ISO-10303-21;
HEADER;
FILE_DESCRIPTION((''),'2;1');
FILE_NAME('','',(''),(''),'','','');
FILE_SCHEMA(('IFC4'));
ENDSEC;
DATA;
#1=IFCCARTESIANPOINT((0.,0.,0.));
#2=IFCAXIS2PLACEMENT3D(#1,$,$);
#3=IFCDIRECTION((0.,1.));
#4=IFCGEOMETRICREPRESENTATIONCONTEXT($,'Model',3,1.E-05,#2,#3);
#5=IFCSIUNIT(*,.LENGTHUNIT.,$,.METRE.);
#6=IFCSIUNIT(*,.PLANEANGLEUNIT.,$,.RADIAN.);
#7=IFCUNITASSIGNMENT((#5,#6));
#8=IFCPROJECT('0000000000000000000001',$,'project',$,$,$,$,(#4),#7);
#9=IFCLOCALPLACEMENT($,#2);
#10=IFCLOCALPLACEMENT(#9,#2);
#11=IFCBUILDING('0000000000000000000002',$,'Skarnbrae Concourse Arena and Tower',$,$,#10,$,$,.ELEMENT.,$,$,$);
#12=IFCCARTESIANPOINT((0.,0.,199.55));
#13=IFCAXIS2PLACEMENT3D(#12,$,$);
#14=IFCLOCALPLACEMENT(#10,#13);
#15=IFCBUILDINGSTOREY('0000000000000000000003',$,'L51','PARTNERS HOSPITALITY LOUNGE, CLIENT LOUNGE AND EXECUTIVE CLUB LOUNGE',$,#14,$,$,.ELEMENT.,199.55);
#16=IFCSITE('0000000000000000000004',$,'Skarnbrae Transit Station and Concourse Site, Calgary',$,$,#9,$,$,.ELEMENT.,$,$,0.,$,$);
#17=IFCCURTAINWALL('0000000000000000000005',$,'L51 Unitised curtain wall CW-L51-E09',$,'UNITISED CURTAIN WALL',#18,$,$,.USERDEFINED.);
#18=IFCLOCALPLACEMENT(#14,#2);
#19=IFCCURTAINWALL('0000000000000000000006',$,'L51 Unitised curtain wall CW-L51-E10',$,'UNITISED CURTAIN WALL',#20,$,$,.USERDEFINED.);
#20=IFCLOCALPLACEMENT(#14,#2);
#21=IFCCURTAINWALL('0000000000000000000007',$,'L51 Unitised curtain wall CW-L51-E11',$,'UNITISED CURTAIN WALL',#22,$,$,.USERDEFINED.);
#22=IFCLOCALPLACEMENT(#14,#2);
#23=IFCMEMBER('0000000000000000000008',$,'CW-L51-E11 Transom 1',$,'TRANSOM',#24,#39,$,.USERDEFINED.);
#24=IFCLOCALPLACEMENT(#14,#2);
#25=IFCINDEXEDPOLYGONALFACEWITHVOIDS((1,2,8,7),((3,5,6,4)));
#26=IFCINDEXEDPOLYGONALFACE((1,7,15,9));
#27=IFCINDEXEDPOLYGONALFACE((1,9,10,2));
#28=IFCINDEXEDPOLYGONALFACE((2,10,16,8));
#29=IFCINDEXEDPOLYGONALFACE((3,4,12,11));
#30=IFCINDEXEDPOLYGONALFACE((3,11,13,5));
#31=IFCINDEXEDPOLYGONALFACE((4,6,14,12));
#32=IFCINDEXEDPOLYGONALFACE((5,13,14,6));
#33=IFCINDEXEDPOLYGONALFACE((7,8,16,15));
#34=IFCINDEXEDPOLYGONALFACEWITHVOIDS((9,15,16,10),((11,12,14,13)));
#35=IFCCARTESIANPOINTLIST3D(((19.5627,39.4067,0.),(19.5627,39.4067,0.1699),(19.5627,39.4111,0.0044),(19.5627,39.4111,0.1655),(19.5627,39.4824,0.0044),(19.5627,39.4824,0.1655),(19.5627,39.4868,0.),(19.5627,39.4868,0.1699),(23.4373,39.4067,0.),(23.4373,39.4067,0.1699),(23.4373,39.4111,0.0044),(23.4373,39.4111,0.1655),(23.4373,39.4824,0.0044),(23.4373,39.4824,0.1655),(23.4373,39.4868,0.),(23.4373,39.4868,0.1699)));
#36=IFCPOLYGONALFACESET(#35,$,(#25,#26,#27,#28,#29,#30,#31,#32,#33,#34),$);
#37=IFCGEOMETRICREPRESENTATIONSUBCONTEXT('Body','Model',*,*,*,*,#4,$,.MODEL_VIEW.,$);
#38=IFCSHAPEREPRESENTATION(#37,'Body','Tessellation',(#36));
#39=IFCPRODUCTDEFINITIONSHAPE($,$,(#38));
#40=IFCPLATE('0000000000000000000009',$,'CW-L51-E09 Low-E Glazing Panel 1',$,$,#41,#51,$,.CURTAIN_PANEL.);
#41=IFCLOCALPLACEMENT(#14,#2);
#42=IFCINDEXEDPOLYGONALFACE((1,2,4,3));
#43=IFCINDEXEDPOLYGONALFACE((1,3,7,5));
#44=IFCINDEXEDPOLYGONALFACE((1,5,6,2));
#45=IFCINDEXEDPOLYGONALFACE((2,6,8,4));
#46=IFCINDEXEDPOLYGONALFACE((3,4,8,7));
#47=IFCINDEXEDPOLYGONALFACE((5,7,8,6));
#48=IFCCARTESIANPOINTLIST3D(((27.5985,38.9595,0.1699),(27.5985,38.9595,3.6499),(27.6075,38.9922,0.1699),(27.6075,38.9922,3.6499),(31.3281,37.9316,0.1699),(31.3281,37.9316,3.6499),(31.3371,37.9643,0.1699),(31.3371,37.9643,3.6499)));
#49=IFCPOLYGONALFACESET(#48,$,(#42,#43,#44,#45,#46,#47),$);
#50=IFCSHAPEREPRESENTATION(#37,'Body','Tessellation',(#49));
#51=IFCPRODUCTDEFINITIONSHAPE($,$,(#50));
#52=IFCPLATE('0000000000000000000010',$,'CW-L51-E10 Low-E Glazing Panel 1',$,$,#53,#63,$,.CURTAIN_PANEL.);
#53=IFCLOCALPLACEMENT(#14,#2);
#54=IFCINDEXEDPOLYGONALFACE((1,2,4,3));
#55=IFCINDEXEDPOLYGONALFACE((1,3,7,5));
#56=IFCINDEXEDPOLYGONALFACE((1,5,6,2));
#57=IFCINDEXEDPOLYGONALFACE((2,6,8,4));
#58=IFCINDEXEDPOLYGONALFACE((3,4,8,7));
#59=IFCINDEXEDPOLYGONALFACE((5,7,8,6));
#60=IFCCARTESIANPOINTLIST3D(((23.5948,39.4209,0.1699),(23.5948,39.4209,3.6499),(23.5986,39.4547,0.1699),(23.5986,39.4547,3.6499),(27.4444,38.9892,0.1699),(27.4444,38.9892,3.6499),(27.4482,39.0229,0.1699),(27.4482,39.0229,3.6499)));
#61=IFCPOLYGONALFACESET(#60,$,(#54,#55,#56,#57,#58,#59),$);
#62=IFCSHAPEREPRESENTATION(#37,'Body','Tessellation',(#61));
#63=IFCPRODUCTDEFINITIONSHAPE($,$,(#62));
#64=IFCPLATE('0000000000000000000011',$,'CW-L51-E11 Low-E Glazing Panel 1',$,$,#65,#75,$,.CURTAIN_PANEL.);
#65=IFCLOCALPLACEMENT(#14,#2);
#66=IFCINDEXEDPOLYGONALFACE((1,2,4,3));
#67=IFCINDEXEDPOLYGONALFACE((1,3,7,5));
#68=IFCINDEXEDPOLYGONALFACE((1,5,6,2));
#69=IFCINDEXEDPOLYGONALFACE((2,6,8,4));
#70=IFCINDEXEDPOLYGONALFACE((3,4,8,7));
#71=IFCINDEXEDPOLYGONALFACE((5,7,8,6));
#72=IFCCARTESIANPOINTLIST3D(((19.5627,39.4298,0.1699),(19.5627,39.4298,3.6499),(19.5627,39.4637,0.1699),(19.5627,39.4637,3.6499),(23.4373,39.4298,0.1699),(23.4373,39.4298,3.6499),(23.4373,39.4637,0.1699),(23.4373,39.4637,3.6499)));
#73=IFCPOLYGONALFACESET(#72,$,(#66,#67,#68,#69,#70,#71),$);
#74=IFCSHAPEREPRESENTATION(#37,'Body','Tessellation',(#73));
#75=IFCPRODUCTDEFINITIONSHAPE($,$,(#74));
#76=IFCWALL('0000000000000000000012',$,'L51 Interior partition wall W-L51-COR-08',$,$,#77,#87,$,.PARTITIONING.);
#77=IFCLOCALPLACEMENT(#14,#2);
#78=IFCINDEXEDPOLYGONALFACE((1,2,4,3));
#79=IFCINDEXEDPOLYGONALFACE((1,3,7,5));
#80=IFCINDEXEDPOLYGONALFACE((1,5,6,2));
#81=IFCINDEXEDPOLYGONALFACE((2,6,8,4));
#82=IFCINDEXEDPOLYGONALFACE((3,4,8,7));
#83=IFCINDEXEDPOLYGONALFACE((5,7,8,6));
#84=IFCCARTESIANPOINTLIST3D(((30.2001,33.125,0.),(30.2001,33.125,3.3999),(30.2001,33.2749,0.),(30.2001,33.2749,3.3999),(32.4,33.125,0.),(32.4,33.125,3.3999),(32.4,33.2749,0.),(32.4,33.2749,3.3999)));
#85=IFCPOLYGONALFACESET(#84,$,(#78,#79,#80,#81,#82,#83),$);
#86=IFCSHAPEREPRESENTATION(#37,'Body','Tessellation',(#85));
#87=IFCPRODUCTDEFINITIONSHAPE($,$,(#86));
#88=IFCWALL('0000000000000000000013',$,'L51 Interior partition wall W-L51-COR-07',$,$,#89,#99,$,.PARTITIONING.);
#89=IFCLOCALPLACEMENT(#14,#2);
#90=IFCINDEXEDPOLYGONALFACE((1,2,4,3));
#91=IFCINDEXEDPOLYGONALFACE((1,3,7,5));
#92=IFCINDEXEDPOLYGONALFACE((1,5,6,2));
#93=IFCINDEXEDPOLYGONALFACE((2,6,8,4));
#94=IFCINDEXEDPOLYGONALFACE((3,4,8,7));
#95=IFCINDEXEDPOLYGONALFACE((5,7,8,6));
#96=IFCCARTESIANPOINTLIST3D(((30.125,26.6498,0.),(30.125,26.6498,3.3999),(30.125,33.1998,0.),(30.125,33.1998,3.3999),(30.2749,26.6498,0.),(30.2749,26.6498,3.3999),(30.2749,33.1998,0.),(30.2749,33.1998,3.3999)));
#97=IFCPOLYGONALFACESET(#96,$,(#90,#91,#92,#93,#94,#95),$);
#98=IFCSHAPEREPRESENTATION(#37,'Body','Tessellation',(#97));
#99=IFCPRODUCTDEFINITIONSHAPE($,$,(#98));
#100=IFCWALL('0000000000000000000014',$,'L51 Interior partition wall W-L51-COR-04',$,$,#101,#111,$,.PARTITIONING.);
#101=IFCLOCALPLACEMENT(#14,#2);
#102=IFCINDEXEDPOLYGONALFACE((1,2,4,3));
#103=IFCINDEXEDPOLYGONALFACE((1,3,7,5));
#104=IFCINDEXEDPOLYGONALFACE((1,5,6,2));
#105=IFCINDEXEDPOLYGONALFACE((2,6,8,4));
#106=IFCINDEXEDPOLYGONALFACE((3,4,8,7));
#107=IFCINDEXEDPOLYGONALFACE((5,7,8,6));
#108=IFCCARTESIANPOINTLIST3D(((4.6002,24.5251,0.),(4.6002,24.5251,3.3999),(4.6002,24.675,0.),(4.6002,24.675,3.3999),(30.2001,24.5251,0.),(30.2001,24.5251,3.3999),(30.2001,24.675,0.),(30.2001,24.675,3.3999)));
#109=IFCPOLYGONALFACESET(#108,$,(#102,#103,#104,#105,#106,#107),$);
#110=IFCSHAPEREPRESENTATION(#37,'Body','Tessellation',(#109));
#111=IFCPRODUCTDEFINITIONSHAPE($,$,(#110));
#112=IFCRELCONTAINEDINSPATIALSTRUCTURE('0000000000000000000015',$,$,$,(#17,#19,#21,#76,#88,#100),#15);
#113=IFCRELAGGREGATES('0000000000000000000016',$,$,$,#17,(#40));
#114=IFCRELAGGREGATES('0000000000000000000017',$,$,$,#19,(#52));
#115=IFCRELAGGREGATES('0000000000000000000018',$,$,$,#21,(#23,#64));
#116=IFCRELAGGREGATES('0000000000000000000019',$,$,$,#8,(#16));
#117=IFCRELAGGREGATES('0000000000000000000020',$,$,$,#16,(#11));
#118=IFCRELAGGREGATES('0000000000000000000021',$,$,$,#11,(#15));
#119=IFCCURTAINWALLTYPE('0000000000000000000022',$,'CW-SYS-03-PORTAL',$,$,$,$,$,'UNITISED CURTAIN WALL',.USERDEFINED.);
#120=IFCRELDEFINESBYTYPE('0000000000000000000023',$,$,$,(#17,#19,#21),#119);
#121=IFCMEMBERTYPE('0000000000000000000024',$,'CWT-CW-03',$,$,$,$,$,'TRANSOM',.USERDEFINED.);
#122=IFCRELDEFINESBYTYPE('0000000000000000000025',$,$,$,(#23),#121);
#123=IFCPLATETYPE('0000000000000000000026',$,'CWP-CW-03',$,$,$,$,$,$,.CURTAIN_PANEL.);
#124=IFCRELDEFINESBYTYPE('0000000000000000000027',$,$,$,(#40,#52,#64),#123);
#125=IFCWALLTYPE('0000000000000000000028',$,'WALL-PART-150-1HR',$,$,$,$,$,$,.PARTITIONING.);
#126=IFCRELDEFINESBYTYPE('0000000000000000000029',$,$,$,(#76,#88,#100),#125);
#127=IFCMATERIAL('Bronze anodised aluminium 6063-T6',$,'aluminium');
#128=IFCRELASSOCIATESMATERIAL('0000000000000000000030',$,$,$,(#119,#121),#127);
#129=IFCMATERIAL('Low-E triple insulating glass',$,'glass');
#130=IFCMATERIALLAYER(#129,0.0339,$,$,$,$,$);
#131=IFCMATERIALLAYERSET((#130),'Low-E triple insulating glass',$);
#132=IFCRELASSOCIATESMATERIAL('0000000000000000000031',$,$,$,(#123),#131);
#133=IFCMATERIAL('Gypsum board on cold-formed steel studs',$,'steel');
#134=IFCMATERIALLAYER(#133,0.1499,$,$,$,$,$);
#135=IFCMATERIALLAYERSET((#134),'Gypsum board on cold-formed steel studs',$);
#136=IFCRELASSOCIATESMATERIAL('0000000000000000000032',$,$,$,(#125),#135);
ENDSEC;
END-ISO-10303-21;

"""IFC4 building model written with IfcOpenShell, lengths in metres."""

from ifc_helpers import new_model, si_unit, direction, frame, frame_2d, origin, origin_2d, place, context, subcontext, project, spatial, rectangle, hollow_rectangle, extrude, source, transform, mapped, material, layer, layer_set, material_profile, profile_set, type_object, element, aggregate, save


model = new_model("IFC4")

# Units and contexts
model_context = context("Model", 3, precision=1e-05, world=origin(), true_north=direction((0.0, 1.0)))
body_context = subcontext(model_context, "Body", "Model", "MODEL_VIEW")
ifc_project = project(units=[si_unit("LENGTHUNIT", "METRE"), si_unit("PLANEANGLEUNIT", "RADIAN")], contexts=[model_context])

# Site, building, storey
site_placement = place(None, origin())
site = spatial("IfcSite", under=ifc_project, at=site_placement, Name="Skarnbrae Transit Station and Concourse Site, Calgary", CompositionType="ELEMENT", RefElevation=0.0)
building_placement = place(site_placement, origin())
building = spatial("IfcBuilding", under=site, at=building_placement, Name="Skarnbrae Concourse Arena and Tower", CompositionType="ELEMENT")
storey_placement = place(building_placement, frame((0.0, 0.0, 199.55)))
storey = spatial("IfcBuildingStorey", under=building, at=storey_placement, Name="L51", Description="PARTNERS HOSPITALITY LOUNGE, CLIENT LOUNGE AND EXECUTIVE CLUB LOUNGE", CompositionType="ELEMENT", Elevation=199.55)

# Curtain walls
ifc_material_1 = material(Name="Bronze anodised aluminium 6063-T6", Category="aluminium")
curtain_wall_type = type_object("IfcCurtainWallType", Name="CW-SYS-03-PORTAL", ElementType="UNITISED CURTAIN WALL", PredefinedType="USERDEFINED", material=ifc_material_1)
curtain_wall_1_placement = place(storey_placement, origin())
curtain_wall_1 = element("IfcCurtainWall", 1, at=curtain_wall_1_placement, inside=storey, type_object=curtain_wall_type, Name="L51 Unitised curtain wall CW-L51-E09", ObjectType="UNITISED CURTAIN WALL", PredefinedType="USERDEFINED")
curtain_wall_2_placement = place(storey_placement, origin())
curtain_wall_2 = element("IfcCurtainWall", 2, at=curtain_wall_2_placement, inside=storey, type_object=curtain_wall_type, Name="L51 Unitised curtain wall CW-L51-E10", ObjectType="UNITISED CURTAIN WALL", PredefinedType="USERDEFINED")

# Curtain wall
curtain_wall_3_placement = place(storey_placement, origin())
curtain_wall_3 = element("IfcCurtainWall", 3, at=curtain_wall_3_placement, inside=storey, type_object=curtain_wall_type, Name="L51 Unitised curtain wall CW-L51-E11", ObjectType="UNITISED CURTAIN WALL", PredefinedType="USERDEFINED")

# Member
ifc_material_profile_1 = material_profile(ifc_material_1, hollow_rectangle(XDim=0.0801, YDim=0.1699, WallThickness=0.0044, at=origin_2d()), Name="ALU-TRAN-80X170")
ifc_profile_set_1 = profile_set([ifc_material_profile_1], Name="Bronze anodised aluminium 6063-T6")
member_type_1 = type_object("IfcMemberType", Name="CWT-CW-03", ElementType="TRANSOM", PredefinedType="USERDEFINED", material=ifc_profile_set_1)
shared_shape_1 = source(origin(), body_context, "Body", "SweptSolid", [
    extrude(hollow_rectangle(XDim=0.0801, YDim=0.1699, WallThickness=0.0044, at=origin_2d()), origin(), (0.0, 0.0, 1.0), 3.8745),
])
member_1_placement = place(storey_placement, frame((23.4373, 39.4468, 0.085), z_axis=(-1.0, 0.0, 0.0), x_axis=(0.0, -1.0, 0.0)))
member_1 = element("IfcMember", 4, at=member_1_placement, type_object=member_type_1, Name="CW-L51-E11 Transom 1", ObjectType="TRANSOM", PredefinedType="USERDEFINED", context=body_context, shape_type="MappedRepresentation", body=[
    mapped(shared_shape_1, transform((0.0, 0.0, 0.0))),
])

# Plates
ifc_material_2 = material(Name="Low-E triple insulating glass", Category="glass")
ifc_layer_1 = layer(ifc_material_2, 0.0339)
ifc_layer_set_1 = layer_set([ifc_layer_1], Name="Low-E triple insulating glass")
plate_type = type_object("IfcPlateType", Name="CWP-CW-03", PredefinedType="CURTAIN_PANEL", material=ifc_layer_set_1)
shared_shape_2 = source(origin(), body_context, "Body", "SweptSolid", [
    extrude(rectangle(XDim=3.8687, YDim=0.0339, at=origin_2d()), origin(), (0.0, 0.0, 1.0), 3.48),
])
plate_1_placement = place(storey_placement, frame((29.4678, 38.4619, 0.1699), z_axis=(0.0, 0.0, 1.0), x_axis=(-0.964057, 0.265694, 0.0)))
plate_1 = element("IfcPlate", 5, at=plate_1_placement, type_object=plate_type, Name="CW-L51-E09 Low-E Glazing Panel 1", PredefinedType="CURTAIN_PANEL", context=body_context, shape_type="MappedRepresentation", body=[
    mapped(shared_shape_2, transform((0.0, 0.0, 0.0))),
])
aggregate(curtain_wall_1, [plate_1])
shared_shape_3 = source(origin(), body_context, "Body", "SweptSolid", [
    extrude(rectangle(XDim=3.8738, YDim=0.0339, at=origin_2d()), origin(), (0.0, 0.0, 1.0), 3.48),
])
plate_2_placement = place(storey_placement, frame((25.5215, 39.2219, 0.1699), z_axis=(0.0, 0.0, 1.0), x_axis=(-0.993769, 0.11146, 0.0)))
plate_2 = element("IfcPlate", 6, at=plate_2_placement, type_object=plate_type, Name="CW-L51-E10 Low-E Glazing Panel 1", PredefinedType="CURTAIN_PANEL", context=body_context, shape_type="MappedRepresentation", body=[
    mapped(shared_shape_3, transform((0.0, 0.0, 0.0))),
])
aggregate(curtain_wall_2, [plate_2])
shared_shape_4 = source(origin(), body_context, "Body", "SweptSolid", [
    extrude(rectangle(XDim=3.8745, YDim=0.0339, at=origin_2d()), origin(), (0.0, 0.0, 1.0), 3.48),
])
plate_3_placement = place(storey_placement, frame((21.5, 39.4468, 0.1699), z_axis=(0.0, 0.0, 1.0), x_axis=(-1.0, 0.0, 0.0)))
plate_3 = element("IfcPlate", 7, at=plate_3_placement, type_object=plate_type, Name="CW-L51-E11 Low-E Glazing Panel 1", PredefinedType="CURTAIN_PANEL", context=body_context, shape_type="MappedRepresentation", body=[
    mapped(shared_shape_4, transform((0.0, 0.0, 0.0))),
])
aggregate(curtain_wall_3, [member_1, plate_3])

# Walls
ifc_material_3 = material(Name="Gypsum board on cold-formed steel studs", Category="steel")
ifc_layer_2 = layer(ifc_material_3, 0.1499)
ifc_layer_set_2 = layer_set([ifc_layer_2], Name="Gypsum board on cold-formed steel studs")
wall_type = type_object("IfcWallType", Name="WALL-PART-150-1HR", PredefinedType="PARTITIONING", material=ifc_layer_set_2)
shared_shape_5 = source(origin(), body_context, "Body", "SweptSolid", [
    extrude(rectangle(XDim=2.2, YDim=0.1499, at=frame_2d((1.1001, 0.0))), origin(), (0.0, 0.0, 1.0), 3.3999),
])
wall_1_placement = place(storey_placement, frame((30.2, 33.2, 0.0), z_axis=(0.0, 0.0, 1.0), x_axis=(1.0, 0.0, 0.0)))
element("IfcWall", 8, at=wall_1_placement, inside=storey, type_object=wall_type, Name="L51 Interior partition wall W-L51-COR-08", PredefinedType="PARTITIONING", context=body_context, shape_type="MappedRepresentation", body=[
    mapped(shared_shape_5, transform((0.0, 0.0, 0.0))),
])
shared_shape_6 = source(origin(), body_context, "Body", "SweptSolid", [
    extrude(rectangle(XDim=6.55, YDim=0.1499, at=frame_2d((3.2749, 0.0))), origin(), (0.0, 0.0, 1.0), 3.3999),
])
wall_2_placement = place(storey_placement, frame((30.2, 26.6499, 0.0), z_axis=(0.0, 0.0, 1.0), x_axis=(0.0, 1.0, 0.0)))
element("IfcWall", 9, at=wall_2_placement, inside=storey, type_object=wall_type, Name="L51 Interior partition wall W-L51-COR-07", PredefinedType="PARTITIONING", context=body_context, shape_type="MappedRepresentation", body=[
    mapped(shared_shape_6, transform((0.0, 0.0, 0.0))),
])
shared_shape_7 = source(origin(), body_context, "Body", "SweptSolid", [
    extrude(rectangle(XDim=25.5999, YDim=0.1499, at=frame_2d((12.7998, 0.0))), origin(), (0.0, 0.0, 1.0), 3.3999),
])
wall_3_placement = place(storey_placement, frame((30.2, 24.6001, 0.0), z_axis=(0.0, 0.0, 1.0), x_axis=(-1.0, 0.0, 0.0)))
element("IfcWall", 10, at=wall_3_placement, inside=storey, type_object=wall_type, Name="L51 Interior partition wall W-L51-COR-04", PredefinedType="PARTITIONING", context=body_context, shape_type="MappedRepresentation", body=[
    mapped(shared_shape_7, transform((0.0, 0.0, 0.0))),
])

save(model, "model.ifc")
